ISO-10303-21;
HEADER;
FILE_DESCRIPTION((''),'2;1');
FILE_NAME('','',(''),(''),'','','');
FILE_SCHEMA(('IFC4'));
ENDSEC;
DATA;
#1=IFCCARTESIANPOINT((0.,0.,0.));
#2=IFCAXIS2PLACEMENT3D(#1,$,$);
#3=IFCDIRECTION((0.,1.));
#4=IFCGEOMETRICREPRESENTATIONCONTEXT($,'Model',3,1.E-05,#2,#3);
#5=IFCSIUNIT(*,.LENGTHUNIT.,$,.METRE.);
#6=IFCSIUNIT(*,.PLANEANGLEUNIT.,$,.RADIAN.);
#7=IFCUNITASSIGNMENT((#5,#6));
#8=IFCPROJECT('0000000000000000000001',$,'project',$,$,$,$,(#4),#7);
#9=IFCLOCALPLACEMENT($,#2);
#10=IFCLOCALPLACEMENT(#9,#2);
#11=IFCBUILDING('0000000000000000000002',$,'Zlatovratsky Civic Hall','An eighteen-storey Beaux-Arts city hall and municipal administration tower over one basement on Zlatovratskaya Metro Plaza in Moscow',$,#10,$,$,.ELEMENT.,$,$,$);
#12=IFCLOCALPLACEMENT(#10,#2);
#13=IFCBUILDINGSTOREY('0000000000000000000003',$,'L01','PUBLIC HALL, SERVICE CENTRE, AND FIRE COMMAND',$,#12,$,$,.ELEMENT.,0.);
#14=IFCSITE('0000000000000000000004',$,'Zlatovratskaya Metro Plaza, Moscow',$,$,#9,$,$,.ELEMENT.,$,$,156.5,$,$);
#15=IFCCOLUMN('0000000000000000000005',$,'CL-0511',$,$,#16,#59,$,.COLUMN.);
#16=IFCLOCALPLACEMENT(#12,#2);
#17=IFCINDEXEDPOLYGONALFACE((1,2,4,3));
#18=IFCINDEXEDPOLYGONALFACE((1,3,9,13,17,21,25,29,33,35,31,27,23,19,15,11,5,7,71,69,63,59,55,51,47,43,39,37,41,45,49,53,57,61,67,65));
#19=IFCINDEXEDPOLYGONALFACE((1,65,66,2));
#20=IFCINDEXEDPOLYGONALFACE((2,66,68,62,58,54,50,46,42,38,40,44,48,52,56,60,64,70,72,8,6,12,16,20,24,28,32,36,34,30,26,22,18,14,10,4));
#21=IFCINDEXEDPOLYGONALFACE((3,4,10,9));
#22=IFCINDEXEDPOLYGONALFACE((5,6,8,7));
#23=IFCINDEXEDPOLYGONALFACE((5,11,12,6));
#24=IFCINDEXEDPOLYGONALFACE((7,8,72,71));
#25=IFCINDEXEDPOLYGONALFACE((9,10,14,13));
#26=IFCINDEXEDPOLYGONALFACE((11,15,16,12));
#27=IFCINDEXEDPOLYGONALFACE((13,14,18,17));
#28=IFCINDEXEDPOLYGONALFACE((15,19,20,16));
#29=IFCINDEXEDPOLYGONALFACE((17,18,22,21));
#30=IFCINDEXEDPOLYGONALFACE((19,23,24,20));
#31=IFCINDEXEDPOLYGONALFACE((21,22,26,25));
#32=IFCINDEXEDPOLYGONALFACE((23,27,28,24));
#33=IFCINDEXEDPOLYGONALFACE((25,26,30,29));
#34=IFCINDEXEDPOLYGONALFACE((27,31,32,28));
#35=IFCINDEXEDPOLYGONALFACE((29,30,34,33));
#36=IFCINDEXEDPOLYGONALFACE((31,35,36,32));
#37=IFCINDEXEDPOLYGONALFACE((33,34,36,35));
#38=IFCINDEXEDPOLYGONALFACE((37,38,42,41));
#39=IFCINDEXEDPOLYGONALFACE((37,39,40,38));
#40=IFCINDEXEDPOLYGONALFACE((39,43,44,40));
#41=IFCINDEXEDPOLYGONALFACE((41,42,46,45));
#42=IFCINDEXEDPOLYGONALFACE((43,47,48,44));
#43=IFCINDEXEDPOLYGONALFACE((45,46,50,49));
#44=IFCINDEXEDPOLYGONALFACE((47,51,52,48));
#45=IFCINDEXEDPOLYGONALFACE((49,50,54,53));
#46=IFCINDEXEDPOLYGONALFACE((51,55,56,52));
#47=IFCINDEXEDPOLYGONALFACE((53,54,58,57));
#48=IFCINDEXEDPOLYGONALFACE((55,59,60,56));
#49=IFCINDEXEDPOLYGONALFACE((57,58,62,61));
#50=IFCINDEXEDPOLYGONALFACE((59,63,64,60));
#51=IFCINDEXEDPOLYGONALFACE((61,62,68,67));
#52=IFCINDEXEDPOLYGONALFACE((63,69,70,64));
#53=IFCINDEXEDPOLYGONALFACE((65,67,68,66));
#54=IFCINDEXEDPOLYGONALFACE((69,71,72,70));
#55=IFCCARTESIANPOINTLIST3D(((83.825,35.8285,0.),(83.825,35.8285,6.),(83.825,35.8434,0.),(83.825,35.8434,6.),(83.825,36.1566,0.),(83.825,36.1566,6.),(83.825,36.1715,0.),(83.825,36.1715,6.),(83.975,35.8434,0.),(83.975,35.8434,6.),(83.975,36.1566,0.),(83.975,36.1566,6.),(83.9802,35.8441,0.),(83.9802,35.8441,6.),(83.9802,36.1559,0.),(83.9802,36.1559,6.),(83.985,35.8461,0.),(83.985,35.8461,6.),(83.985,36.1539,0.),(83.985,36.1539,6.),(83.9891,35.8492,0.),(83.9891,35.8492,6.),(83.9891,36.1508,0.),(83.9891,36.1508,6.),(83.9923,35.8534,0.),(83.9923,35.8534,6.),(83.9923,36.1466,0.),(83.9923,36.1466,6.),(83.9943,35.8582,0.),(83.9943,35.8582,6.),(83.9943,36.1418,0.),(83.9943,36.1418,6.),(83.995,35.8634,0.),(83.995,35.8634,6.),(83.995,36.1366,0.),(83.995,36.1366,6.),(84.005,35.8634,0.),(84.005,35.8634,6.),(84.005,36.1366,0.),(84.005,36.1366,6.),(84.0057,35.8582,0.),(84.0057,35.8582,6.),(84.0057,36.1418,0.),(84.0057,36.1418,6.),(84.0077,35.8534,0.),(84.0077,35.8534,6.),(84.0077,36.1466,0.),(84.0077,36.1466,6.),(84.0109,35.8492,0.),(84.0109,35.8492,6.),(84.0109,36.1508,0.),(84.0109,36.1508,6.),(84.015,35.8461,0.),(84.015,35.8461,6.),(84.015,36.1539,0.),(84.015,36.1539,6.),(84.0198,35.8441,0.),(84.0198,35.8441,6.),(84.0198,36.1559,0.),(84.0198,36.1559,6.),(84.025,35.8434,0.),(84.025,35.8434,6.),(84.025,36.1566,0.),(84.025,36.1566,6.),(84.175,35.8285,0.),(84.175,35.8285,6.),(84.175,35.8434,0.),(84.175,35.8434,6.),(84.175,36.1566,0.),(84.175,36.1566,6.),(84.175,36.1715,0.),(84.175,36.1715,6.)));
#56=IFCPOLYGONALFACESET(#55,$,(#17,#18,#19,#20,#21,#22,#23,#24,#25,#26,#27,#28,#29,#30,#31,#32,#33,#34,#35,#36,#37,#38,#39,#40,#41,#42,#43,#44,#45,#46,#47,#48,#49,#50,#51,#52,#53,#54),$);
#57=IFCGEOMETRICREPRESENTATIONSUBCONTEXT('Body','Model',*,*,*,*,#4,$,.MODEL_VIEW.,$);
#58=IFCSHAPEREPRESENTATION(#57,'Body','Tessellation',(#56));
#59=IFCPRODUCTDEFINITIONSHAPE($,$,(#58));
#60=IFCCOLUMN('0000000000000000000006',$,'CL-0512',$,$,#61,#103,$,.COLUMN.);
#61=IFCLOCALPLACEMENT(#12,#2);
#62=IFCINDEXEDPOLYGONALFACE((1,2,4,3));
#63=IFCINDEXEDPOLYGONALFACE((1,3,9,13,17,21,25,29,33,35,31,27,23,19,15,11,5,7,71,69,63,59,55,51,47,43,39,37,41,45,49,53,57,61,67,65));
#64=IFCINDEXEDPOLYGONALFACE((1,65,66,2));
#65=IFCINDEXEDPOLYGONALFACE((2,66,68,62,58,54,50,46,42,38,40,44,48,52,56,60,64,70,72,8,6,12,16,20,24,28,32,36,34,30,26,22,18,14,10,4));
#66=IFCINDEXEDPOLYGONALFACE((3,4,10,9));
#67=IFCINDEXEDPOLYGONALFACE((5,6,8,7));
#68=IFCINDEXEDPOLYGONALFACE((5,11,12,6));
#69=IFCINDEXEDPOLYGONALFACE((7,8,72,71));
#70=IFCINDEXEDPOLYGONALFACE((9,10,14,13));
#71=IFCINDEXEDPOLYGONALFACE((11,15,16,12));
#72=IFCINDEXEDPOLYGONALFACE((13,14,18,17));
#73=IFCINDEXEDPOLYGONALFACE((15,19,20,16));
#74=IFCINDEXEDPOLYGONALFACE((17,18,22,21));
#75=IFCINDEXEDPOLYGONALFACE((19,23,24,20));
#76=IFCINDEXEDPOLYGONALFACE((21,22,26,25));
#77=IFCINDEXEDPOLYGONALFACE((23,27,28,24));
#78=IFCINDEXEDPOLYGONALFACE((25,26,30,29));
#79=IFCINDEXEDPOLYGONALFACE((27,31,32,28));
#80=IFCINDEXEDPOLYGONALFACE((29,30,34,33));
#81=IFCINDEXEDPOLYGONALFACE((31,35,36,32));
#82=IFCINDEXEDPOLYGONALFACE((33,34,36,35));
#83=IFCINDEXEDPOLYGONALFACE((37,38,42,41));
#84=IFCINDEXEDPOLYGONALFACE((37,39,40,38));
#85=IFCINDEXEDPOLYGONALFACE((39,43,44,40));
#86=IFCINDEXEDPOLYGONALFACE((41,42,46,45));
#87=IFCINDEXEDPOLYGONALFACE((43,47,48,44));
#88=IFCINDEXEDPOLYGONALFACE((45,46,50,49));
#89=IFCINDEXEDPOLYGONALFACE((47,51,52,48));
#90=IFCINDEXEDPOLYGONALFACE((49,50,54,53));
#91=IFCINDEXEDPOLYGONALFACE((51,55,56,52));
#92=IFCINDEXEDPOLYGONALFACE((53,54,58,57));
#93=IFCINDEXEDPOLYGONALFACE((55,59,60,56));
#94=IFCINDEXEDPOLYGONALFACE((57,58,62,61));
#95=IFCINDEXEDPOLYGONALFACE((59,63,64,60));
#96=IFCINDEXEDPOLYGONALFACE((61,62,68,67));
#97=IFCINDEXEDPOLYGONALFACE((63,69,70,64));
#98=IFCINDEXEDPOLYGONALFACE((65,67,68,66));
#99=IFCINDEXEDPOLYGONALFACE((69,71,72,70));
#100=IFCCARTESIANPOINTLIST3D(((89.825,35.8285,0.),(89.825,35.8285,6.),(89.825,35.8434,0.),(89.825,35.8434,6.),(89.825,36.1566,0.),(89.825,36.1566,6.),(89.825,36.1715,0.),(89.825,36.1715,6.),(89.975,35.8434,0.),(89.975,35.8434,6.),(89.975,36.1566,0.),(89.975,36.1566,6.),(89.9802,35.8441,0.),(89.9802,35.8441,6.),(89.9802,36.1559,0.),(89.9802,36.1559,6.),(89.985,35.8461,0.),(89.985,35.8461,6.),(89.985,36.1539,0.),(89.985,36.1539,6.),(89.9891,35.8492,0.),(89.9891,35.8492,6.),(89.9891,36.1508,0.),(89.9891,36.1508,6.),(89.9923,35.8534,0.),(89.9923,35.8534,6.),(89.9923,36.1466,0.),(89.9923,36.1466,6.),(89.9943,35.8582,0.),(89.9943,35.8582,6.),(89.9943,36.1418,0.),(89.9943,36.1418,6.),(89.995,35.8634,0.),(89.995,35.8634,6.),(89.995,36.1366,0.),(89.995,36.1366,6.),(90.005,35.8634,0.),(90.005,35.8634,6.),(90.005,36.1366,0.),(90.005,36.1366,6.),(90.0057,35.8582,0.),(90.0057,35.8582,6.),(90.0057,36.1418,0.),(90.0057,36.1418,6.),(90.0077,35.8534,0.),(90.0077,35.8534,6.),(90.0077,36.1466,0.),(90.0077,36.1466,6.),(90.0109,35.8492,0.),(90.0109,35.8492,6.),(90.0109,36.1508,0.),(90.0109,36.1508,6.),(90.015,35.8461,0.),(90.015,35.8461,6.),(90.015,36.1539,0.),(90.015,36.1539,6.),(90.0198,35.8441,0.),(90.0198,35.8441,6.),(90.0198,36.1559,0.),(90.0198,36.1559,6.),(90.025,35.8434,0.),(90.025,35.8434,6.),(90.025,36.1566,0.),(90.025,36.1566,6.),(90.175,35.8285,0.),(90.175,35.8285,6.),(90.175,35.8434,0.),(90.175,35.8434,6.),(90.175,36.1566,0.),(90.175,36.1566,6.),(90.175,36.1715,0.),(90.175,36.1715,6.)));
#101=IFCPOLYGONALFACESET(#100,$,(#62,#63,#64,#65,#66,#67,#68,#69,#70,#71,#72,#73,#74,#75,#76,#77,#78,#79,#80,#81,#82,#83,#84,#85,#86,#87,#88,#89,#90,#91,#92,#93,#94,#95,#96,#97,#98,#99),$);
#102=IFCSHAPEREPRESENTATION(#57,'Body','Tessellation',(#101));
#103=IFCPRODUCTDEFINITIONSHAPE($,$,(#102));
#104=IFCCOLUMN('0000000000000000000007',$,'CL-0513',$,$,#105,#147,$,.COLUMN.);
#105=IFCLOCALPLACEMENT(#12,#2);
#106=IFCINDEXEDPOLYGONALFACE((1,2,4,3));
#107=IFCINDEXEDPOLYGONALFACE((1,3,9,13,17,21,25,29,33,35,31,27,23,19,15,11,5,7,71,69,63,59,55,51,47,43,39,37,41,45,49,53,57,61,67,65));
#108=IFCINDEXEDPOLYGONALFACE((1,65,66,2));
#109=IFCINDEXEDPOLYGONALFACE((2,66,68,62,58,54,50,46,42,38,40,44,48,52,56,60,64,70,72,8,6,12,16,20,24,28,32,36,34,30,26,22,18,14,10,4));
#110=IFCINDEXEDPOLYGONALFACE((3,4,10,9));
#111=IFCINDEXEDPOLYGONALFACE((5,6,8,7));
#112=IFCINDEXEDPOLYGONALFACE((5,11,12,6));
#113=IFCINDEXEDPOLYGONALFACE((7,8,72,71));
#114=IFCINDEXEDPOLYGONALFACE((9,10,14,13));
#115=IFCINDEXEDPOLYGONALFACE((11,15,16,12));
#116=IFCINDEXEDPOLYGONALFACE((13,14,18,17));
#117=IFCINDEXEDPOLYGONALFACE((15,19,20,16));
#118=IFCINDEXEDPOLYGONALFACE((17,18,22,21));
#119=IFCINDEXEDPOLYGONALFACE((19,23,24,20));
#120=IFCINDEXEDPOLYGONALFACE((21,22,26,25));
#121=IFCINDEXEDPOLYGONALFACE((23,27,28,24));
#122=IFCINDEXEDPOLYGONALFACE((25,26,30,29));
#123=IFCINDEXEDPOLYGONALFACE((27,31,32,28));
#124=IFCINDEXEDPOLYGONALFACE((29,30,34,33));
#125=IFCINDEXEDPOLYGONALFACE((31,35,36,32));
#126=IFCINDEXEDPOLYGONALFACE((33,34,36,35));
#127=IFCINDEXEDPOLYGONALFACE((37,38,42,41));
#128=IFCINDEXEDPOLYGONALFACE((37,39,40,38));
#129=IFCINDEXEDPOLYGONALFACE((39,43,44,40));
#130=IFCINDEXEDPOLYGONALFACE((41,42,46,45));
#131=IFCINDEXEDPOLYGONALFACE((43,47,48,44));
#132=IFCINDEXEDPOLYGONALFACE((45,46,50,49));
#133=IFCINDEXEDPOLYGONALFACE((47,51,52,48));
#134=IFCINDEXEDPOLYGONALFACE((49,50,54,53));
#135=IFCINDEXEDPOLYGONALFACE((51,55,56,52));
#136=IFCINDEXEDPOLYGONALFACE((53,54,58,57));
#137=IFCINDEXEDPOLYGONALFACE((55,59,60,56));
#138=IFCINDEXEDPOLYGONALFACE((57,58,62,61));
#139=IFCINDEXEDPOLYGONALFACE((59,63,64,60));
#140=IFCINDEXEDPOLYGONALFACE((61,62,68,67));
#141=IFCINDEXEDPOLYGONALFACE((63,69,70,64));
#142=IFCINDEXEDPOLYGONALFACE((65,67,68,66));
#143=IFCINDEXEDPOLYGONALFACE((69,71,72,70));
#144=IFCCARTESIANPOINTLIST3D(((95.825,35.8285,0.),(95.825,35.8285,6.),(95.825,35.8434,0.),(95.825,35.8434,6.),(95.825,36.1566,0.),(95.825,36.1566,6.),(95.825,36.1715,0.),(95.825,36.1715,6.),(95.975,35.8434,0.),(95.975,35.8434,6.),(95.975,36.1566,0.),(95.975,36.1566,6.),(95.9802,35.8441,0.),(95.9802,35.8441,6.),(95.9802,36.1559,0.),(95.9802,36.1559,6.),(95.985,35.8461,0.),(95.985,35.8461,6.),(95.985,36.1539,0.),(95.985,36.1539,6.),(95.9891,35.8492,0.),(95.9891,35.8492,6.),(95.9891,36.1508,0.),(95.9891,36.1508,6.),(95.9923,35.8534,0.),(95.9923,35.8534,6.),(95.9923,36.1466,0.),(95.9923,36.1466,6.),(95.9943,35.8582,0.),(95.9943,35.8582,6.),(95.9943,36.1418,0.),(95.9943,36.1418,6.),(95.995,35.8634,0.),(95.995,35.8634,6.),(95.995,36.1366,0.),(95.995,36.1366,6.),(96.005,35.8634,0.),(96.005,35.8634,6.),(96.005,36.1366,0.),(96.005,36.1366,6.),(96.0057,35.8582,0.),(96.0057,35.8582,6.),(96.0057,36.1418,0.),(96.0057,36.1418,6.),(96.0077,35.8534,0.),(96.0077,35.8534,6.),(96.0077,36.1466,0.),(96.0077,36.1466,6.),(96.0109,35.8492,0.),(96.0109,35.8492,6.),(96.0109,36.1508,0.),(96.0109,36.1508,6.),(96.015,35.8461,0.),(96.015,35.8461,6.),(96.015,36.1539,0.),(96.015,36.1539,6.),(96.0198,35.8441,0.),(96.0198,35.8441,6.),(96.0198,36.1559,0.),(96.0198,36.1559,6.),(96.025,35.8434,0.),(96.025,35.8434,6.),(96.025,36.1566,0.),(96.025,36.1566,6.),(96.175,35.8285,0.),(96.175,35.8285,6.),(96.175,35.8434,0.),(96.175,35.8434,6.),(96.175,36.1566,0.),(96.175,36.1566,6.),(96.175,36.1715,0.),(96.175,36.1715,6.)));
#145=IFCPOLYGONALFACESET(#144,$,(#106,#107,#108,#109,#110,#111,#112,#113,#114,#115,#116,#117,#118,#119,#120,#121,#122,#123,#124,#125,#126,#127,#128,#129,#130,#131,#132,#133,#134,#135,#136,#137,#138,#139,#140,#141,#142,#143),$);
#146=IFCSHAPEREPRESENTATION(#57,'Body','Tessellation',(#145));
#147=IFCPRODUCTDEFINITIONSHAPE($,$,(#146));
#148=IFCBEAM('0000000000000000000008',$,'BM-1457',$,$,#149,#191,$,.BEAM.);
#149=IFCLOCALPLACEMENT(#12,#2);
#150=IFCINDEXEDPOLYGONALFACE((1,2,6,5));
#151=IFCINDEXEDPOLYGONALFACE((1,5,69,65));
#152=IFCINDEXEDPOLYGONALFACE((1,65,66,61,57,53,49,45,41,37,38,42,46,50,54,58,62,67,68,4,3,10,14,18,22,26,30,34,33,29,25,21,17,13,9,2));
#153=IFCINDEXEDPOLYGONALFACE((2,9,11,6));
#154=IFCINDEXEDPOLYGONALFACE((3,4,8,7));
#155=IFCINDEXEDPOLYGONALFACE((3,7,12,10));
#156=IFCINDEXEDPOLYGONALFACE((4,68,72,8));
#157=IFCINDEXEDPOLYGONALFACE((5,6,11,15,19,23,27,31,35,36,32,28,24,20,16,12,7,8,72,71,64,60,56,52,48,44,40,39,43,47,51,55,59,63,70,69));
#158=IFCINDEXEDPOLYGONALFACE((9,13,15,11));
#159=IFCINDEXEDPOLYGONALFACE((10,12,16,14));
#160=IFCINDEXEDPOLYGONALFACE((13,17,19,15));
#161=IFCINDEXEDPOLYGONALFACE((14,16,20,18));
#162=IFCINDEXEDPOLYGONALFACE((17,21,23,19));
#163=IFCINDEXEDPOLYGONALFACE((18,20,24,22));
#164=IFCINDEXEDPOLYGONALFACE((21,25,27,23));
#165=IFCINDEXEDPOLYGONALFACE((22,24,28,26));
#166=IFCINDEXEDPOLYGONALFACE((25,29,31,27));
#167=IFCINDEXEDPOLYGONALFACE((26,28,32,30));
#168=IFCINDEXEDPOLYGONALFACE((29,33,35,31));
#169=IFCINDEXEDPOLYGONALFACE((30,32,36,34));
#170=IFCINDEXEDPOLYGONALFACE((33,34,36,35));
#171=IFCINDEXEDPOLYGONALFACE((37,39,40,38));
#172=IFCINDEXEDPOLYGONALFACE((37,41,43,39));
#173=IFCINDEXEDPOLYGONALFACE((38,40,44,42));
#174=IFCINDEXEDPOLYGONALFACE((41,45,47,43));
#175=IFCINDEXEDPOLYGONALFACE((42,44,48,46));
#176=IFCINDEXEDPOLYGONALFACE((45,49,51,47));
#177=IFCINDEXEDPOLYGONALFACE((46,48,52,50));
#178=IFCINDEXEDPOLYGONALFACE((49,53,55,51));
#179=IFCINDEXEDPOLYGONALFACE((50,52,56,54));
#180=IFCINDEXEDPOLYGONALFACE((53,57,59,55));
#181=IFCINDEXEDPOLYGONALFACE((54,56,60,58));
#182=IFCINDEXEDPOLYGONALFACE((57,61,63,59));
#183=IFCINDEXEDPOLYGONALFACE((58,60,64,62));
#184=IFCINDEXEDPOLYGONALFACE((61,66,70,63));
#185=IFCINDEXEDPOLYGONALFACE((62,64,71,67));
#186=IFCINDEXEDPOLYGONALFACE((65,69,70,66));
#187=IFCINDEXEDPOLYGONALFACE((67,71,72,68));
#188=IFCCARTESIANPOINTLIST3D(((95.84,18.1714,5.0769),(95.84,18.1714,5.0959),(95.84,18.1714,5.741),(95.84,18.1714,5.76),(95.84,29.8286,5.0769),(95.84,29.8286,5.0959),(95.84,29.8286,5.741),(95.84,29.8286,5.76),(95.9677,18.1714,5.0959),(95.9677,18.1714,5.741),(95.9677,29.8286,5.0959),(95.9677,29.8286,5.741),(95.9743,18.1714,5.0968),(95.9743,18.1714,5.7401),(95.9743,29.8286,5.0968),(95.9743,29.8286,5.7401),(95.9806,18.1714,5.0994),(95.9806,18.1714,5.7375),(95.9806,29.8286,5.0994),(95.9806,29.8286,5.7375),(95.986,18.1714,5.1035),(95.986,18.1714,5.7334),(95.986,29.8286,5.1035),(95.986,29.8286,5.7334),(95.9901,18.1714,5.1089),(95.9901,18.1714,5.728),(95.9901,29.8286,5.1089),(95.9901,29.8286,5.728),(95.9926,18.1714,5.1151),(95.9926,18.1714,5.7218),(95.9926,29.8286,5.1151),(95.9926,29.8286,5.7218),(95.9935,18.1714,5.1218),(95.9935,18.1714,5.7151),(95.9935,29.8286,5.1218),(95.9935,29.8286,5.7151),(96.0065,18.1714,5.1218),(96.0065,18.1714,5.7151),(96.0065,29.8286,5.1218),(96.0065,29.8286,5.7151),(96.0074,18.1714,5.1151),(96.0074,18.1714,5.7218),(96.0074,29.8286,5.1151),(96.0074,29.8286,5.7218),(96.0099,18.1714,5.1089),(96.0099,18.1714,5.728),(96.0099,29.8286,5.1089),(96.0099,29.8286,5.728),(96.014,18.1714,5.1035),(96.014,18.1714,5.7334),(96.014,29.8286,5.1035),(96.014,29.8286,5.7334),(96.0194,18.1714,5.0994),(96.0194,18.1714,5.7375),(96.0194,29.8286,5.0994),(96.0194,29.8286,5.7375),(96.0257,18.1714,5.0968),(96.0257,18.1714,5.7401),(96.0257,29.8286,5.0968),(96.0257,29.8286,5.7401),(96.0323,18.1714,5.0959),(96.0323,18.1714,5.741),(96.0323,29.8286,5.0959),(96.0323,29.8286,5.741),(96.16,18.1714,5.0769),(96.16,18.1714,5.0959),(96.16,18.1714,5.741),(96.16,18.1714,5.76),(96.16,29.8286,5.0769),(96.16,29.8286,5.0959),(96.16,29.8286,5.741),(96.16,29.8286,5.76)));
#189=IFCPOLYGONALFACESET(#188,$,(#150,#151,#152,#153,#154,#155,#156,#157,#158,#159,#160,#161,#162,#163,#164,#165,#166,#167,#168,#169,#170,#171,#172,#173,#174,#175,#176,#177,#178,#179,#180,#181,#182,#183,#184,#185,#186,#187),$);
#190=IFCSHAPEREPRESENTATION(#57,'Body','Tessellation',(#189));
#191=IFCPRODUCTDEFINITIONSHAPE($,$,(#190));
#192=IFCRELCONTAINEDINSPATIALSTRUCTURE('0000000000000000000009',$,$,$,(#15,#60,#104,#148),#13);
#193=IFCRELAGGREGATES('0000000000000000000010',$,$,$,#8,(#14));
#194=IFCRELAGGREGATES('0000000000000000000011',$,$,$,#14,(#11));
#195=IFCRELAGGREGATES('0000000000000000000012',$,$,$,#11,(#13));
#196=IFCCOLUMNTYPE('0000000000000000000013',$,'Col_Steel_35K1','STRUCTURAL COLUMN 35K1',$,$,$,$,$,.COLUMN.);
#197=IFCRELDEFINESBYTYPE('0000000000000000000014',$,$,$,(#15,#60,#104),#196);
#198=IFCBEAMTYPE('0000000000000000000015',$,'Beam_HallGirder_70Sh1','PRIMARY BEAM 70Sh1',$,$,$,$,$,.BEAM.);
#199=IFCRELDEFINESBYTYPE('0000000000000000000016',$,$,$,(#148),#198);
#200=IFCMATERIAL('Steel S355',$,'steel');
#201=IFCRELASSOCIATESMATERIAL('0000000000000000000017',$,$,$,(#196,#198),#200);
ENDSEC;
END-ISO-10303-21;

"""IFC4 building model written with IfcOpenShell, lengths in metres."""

from ifc_helpers import new_model, si_unit, direction, frame, origin, origin_2d, place, context, subcontext, project, spatial, i_section, extrude, material, material_profile, profile_set, type_object, element, save


model = new_model("IFC4")

# Units and contexts
model_context = context("Model", 3, precision=1e-05, world=origin(), true_north=direction((0.0, 1.0)))
body_context = subcontext(model_context, "Body", "Model", "MODEL_VIEW")
ifc_project = project(units=[si_unit("LENGTHUNIT", "METRE"), si_unit("PLANEANGLEUNIT", "RADIAN")], contexts=[model_context])

# Site, building, storey
site_placement = place(None, origin())
site = spatial("IfcSite", under=ifc_project, at=site_placement, Name="Zlatovratskaya Metro Plaza, Moscow", CompositionType="ELEMENT", RefElevation=156.5)
building_placement = place(site_placement, origin())
building = spatial("IfcBuilding", under=site, at=building_placement, Name="Zlatovratsky Civic Hall", Description="An eighteen-storey Beaux-Arts city hall and municipal administration tower over one basement on Zlatovratskaya Metro Plaza in Moscow", CompositionType="ELEMENT")
storey_placement = place(building_placement, origin())
storey = spatial("IfcBuildingStorey", under=building, at=storey_placement, Name="L01", Description="PUBLIC HALL, SERVICE CENTRE, AND FIRE COMMAND", CompositionType="ELEMENT", Elevation=0.0)

# Columns
ifc_material_1 = material(Name="Steel S355", Category="steel")
ifc_material_profile_1 = material_profile(ifc_material_1, i_section(OverallWidth=0.3501, OverallDepth=0.343, WebThickness=0.01, FlangeThickness=0.0149, FilletRadius=0.02, at=origin_2d()), Name="35K1")
ifc_profile_set_1 = profile_set([ifc_material_profile_1], Name="Steel S355")
column_type_1 = type_object("IfcColumnType", Name="Col_Steel_35K1", Description="STRUCTURAL COLUMN 35K1", PredefinedType="COLUMN", material=ifc_profile_set_1)
for number, where, z_axis, x_axis, name in (
    (1, (84.0, 36.0, 0.0), (0.0, 0.0, 1.0), (1.0, 0.0, 0.0), "CL-0511"),
    (2, (90.0, 36.0, 0.0), (0.0, 0.0, 1.0), (1.0, 0.0, 0.0), "CL-0512"),
    (3, (96.0, 36.0, 0.0), (0.0, 0.0, 1.0), (1.0, 0.0, 0.0), "CL-0513"),
):
    element("IfcColumn", number, at=place(storey_placement, frame(where, z_axis=z_axis, x_axis=x_axis)), inside=storey, type_object=column_type_1, Name=name, PredefinedType="COLUMN", context=body_context, shape_type="SweptSolid", body=[
        extrude(i_section(OverallWidth=0.3501, OverallDepth=0.343, WebThickness=0.01, FlangeThickness=0.0149, FilletRadius=0.02, at=origin_2d()), origin(), (0.0, 0.0, 1.0), 6.0),
    ])

# Beam
ifc_material_profile_2 = material_profile(ifc_material_1, i_section(OverallWidth=0.3201, OverallDepth=0.6831, WebThickness=0.0129, FlangeThickness=0.019, FilletRadius=0.0259, at=origin_2d()), Name="70Sh1")
ifc_profile_set_2 = profile_set([ifc_material_profile_2], Name="Steel S355")
beam_type_1 = type_object("IfcBeamType", Name="Beam_HallGirder_70Sh1", Description="PRIMARY BEAM 70Sh1", PredefinedType="BEAM", material=ifc_profile_set_2)
beam_1_placement = place(storey_placement, frame((96.0, 18.1714, 5.4185), z_axis=(0.0, 1.0, 0.0), x_axis=(-1.0, 0.0, 0.0)))
element("IfcBeam", 4, at=beam_1_placement, inside=storey, type_object=beam_type_1, Name="BM-1457", PredefinedType="BEAM", context=body_context, shape_type="SweptSolid", body=[
    extrude(i_section(OverallWidth=0.3201, OverallDepth=0.6831, WebThickness=0.0129, FlangeThickness=0.019, FilletRadius=0.0259, at=origin_2d()), origin(), (0.0, 0.0, 1.0), 11.6572),
])

save(model, "model.ifc")
